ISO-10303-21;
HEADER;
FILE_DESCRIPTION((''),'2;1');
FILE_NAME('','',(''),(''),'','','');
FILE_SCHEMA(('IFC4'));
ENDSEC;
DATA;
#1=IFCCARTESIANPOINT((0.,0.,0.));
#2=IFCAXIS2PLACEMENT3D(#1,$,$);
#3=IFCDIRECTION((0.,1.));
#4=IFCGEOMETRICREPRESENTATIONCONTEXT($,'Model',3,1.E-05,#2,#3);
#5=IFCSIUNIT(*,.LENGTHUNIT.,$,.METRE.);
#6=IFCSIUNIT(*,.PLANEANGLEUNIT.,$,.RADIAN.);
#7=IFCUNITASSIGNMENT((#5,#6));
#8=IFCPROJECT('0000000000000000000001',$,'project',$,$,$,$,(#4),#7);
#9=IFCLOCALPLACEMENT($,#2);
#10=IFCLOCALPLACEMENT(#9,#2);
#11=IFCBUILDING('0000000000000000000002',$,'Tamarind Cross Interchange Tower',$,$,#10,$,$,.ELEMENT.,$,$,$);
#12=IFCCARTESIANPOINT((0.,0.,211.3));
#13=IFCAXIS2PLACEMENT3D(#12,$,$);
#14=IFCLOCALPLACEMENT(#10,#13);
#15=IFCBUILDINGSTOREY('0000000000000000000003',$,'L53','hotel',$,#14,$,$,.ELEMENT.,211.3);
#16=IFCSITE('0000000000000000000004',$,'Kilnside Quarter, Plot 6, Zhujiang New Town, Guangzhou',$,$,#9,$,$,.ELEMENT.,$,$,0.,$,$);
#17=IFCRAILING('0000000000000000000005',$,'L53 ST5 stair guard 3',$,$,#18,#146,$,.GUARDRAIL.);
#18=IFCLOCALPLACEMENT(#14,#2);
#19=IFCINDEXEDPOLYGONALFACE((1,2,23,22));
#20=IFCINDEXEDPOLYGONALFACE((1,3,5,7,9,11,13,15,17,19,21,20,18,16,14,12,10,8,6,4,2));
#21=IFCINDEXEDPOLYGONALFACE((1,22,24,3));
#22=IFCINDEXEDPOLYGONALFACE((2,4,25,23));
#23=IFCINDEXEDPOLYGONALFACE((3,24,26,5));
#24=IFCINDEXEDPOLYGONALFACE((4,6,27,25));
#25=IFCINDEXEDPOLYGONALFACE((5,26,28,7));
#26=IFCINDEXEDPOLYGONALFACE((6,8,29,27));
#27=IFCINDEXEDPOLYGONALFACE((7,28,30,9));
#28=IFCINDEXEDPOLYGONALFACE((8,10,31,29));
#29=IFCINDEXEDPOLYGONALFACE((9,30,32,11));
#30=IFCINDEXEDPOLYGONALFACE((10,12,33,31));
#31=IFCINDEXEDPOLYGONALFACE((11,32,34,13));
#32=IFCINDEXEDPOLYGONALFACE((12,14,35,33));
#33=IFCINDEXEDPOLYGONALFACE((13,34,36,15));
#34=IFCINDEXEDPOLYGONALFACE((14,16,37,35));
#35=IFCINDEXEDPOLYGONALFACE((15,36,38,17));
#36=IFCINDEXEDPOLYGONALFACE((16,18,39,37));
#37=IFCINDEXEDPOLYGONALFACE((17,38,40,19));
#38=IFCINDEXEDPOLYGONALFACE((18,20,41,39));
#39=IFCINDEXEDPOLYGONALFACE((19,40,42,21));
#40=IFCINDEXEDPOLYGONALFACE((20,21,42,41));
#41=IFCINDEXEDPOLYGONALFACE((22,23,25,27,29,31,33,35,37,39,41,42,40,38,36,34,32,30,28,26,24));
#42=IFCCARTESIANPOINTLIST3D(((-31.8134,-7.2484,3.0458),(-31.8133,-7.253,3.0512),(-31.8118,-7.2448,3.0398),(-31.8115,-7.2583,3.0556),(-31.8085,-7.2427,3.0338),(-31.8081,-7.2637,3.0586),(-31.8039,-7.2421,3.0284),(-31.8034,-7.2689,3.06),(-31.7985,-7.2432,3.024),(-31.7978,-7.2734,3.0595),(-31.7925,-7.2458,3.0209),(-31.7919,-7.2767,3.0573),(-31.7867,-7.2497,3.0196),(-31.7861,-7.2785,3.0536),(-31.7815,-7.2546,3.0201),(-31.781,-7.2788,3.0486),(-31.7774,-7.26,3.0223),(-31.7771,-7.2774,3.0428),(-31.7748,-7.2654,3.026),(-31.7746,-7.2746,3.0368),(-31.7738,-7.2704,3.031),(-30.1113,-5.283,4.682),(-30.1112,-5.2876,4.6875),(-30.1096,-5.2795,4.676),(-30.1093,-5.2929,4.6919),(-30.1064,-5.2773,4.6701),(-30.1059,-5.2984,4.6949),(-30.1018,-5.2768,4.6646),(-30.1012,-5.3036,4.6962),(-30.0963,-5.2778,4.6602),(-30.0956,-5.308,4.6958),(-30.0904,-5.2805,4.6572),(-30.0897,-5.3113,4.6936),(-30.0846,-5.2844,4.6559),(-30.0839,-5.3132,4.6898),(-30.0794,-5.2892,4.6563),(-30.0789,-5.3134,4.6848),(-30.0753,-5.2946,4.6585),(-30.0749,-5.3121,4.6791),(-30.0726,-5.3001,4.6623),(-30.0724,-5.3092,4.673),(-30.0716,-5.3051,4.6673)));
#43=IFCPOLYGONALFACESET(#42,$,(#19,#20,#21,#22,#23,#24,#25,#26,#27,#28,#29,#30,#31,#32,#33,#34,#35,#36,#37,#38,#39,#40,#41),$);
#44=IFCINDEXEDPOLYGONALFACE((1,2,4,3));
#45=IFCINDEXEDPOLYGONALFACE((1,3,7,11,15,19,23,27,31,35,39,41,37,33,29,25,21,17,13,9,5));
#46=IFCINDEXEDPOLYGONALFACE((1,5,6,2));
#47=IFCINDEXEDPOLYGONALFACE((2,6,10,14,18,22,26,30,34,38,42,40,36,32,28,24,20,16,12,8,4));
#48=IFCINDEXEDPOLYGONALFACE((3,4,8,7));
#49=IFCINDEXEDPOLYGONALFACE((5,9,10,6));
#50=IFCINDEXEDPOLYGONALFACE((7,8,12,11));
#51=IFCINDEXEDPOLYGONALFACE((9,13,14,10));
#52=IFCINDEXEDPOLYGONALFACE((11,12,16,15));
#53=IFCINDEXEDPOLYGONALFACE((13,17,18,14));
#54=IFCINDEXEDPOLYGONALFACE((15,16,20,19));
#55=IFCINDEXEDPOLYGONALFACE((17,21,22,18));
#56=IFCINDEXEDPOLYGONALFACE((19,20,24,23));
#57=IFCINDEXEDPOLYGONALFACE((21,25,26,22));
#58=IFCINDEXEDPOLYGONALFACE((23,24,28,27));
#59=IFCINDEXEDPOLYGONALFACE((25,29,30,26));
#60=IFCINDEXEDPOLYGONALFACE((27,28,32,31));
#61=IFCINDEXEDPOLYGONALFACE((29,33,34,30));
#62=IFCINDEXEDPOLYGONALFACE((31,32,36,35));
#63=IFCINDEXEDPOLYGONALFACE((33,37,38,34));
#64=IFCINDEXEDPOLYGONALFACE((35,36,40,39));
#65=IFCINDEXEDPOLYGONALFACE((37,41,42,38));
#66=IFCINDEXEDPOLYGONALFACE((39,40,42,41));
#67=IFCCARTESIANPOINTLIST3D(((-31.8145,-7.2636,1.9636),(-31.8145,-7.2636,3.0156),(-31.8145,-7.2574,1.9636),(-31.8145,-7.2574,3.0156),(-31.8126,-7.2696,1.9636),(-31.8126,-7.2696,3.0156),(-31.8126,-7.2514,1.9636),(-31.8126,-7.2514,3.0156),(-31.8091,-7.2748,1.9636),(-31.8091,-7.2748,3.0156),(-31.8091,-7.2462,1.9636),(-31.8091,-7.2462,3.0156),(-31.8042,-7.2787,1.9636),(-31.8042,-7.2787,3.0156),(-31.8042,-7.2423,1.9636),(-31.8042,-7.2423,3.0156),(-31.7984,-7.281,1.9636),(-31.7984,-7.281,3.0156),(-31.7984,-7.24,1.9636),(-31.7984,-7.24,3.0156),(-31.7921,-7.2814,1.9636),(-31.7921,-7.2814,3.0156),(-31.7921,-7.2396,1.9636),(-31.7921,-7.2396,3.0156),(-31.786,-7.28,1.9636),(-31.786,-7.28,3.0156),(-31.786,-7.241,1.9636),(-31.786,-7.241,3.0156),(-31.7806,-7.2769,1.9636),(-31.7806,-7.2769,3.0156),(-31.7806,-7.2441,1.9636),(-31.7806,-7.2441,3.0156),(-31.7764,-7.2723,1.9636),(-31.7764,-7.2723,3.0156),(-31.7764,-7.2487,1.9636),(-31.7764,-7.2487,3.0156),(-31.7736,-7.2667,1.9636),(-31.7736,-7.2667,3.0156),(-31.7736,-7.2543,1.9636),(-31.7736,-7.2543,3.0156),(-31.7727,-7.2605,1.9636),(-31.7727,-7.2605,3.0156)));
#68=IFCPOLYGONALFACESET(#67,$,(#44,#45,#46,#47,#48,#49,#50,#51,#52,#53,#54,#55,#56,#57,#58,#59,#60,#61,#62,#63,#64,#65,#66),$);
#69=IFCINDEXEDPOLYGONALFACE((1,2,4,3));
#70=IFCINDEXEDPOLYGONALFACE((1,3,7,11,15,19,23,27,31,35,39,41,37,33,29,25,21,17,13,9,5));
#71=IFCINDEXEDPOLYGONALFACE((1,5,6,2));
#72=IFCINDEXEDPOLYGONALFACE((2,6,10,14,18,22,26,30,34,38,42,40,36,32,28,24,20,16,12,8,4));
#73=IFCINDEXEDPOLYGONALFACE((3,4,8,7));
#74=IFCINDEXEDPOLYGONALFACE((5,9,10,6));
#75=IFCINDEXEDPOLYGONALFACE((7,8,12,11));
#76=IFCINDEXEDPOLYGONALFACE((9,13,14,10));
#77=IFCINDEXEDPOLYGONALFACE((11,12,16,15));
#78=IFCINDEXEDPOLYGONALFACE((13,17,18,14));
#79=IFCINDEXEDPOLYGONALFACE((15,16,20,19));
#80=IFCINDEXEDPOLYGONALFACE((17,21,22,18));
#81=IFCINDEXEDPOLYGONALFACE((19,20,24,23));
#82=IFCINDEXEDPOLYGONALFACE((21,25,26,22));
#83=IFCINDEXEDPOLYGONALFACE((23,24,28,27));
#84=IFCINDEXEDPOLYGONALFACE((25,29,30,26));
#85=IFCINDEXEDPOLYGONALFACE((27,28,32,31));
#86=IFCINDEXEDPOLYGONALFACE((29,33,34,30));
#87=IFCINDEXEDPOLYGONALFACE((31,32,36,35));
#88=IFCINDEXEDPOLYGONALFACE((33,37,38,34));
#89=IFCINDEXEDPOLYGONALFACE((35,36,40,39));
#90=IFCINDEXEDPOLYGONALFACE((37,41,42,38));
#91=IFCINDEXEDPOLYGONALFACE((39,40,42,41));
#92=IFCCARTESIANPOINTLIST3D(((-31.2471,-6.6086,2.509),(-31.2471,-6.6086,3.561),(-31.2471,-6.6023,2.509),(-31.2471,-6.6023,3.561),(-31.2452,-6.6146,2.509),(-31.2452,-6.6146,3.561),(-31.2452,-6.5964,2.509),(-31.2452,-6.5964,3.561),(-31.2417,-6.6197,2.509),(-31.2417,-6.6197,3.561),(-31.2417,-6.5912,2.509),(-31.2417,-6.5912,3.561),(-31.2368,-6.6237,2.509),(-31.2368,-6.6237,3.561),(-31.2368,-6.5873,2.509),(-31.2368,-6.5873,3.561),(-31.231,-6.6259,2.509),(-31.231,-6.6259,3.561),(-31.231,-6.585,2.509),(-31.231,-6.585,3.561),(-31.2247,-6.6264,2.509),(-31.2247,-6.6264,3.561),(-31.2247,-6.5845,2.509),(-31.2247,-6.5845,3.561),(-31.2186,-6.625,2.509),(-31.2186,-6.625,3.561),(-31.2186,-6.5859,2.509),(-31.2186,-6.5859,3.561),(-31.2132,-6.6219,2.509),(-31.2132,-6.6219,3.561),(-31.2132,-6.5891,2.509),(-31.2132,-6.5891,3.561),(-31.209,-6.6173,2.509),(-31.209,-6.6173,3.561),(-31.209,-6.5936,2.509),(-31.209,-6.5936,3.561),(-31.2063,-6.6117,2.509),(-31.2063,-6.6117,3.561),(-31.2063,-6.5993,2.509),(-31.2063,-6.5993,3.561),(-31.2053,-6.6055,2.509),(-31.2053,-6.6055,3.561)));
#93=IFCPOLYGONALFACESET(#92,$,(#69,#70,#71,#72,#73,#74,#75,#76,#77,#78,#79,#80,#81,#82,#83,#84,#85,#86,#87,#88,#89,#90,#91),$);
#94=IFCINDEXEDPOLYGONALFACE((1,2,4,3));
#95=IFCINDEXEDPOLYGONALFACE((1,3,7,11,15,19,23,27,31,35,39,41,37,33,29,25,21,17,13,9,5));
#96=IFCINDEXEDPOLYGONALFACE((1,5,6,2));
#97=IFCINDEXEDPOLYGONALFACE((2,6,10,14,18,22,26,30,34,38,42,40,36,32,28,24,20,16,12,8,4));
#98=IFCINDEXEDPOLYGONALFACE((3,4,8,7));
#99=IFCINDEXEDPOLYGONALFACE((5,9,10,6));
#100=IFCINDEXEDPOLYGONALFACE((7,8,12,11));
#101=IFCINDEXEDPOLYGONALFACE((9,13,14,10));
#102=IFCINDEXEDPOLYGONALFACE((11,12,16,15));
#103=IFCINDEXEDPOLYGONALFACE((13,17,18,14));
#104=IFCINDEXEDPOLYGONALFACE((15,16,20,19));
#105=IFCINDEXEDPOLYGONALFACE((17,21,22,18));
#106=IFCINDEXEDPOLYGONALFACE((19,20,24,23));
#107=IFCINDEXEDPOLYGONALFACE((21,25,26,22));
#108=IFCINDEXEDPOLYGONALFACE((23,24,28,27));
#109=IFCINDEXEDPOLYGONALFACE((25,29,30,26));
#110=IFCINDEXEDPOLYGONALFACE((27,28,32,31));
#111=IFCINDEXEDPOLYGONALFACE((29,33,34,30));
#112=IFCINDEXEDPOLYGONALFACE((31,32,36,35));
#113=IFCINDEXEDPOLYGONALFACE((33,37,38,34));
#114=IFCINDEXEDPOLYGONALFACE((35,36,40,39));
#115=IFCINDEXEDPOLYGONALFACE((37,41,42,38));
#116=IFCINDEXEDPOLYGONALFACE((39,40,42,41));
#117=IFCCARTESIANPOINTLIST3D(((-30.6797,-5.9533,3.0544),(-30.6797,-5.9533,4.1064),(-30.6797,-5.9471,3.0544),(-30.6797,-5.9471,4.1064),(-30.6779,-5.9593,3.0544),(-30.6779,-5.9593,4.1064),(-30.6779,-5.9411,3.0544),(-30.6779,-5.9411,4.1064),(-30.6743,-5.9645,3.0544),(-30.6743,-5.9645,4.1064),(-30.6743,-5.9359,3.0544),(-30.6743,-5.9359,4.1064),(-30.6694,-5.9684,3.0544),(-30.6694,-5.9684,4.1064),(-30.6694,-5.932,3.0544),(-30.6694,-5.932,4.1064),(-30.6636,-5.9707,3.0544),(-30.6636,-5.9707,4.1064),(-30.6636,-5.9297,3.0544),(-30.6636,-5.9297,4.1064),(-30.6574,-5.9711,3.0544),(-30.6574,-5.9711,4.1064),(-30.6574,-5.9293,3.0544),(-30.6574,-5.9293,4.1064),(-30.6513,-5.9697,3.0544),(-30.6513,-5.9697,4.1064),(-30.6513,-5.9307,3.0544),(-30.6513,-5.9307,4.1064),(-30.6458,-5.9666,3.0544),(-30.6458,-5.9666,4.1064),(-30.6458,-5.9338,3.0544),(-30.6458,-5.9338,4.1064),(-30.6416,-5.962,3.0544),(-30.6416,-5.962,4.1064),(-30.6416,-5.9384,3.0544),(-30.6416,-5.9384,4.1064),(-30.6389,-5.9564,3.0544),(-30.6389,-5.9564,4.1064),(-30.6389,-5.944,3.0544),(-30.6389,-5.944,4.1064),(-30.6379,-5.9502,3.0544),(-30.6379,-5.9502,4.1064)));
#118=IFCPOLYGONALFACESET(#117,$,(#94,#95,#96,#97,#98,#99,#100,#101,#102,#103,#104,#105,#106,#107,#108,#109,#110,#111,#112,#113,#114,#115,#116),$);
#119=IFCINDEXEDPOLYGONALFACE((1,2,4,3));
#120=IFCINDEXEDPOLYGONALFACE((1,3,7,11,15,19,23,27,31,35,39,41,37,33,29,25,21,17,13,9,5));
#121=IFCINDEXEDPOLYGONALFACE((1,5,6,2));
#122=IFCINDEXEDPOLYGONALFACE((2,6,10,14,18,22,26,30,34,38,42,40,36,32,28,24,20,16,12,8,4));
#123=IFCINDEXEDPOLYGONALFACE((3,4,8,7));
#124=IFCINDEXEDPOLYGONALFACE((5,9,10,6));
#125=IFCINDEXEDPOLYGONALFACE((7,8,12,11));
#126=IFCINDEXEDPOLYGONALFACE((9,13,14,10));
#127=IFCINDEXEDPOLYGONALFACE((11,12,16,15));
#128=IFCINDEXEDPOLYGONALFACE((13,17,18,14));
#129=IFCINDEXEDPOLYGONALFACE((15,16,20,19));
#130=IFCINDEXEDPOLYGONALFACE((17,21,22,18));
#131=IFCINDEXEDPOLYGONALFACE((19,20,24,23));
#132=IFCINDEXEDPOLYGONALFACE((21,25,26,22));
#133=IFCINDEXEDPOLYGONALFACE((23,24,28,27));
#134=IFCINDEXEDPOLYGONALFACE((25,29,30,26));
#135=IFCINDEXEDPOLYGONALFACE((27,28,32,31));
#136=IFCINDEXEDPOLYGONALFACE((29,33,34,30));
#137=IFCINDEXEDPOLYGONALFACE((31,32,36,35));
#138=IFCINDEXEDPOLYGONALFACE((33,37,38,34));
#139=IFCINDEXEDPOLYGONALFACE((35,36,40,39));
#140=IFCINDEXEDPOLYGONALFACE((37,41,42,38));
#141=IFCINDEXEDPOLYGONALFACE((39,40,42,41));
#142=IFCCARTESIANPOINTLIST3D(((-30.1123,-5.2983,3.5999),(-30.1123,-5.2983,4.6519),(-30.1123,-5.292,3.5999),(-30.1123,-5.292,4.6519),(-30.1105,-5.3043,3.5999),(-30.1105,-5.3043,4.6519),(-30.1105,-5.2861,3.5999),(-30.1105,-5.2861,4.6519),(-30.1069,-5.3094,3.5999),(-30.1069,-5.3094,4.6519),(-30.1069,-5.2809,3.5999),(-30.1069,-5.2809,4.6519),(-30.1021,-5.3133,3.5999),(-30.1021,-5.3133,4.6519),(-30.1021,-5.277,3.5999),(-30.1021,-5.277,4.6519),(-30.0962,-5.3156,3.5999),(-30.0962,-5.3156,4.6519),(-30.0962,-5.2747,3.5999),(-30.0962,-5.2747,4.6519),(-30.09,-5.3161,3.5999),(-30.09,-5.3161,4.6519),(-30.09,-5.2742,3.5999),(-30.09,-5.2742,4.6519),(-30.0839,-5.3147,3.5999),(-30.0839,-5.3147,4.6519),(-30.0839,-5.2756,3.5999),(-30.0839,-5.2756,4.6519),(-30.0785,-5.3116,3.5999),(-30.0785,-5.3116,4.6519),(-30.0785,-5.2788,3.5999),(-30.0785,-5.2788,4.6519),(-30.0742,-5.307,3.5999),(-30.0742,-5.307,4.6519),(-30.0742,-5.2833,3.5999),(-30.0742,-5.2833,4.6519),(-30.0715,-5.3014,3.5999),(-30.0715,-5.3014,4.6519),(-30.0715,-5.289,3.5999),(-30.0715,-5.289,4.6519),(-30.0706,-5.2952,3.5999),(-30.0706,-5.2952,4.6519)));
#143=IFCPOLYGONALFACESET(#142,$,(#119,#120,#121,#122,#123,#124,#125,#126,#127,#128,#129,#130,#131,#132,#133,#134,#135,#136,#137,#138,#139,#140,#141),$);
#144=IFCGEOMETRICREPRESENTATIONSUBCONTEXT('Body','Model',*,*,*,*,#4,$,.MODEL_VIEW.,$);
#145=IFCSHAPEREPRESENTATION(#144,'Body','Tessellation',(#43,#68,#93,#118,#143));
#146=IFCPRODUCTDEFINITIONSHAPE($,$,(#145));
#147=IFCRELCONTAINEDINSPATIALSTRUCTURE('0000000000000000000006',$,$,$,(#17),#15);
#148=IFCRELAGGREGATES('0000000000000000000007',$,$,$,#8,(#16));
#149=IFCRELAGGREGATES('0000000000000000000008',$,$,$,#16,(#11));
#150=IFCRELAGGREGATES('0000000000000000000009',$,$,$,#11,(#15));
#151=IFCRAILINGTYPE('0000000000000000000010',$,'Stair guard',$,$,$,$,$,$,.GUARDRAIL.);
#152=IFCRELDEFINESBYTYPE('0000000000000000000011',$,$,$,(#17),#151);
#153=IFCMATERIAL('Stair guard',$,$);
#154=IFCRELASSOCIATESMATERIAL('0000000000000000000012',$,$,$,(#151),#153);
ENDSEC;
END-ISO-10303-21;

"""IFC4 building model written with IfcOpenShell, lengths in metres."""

from ifc_helpers import new_model, si_unit, direction, frame, origin, origin_2d, place, context, subcontext, project, spatial, circle, extrude, material, type_object, element, save


model = new_model("IFC4")

# Units and contexts
model_context = context("Model", 3, precision=1e-05, world=origin(), true_north=direction((0.0, 1.0)))
body_context = subcontext(model_context, "Body", "Model", "MODEL_VIEW")
ifc_project = project(units=[si_unit("LENGTHUNIT", "METRE"), si_unit("PLANEANGLEUNIT", "RADIAN")], contexts=[model_context])

# Site, building, storey
site_placement = place(None, origin())
site = spatial("IfcSite", under=ifc_project, at=site_placement, Name="Kilnside Quarter, Plot 6, Zhujiang New Town, Guangzhou", CompositionType="ELEMENT", RefElevation=0.0)
building_placement = place(site_placement, origin())
building = spatial("IfcBuilding", under=site, at=building_placement, Name="Tamarind Cross Interchange Tower", CompositionType="ELEMENT")
storey_placement = place(building_placement, frame((0.0, 0.0, 211.3)))
storey = spatial("IfcBuildingStorey", under=building, at=storey_placement, Name="L53", Description="hotel", CompositionType="ELEMENT", Elevation=211.3)

# Railing
ifc_material_1 = material(Name="Stair guard")
railing_type_1 = type_object("IfcRailingType", Name="Stair guard", PredefinedType="GUARDRAIL", material=ifc_material_1)
railing_1_placement = place(storey_placement, frame((-31.7937, -7.2605, 1.9636)))
element("IfcRailing", 1, at=railing_1_placement, inside=storey, type_object=railing_type_1, Name="L53 ST5 stair guard 3", PredefinedType="GUARDRAIL", context=body_context, shape_type="SweptSolid", body=[
    extrude(circle(Radius=0.0239, at=origin_2d()), frame((0.0, 0.0, 1.0762), z_axis=(0.554088, 0.63976, 0.53263), x_axis=(-0.755906, 0.65468, 0.0)), (0.0, 0.0, 1.0), 3.072),
    extrude(circle(Radius=0.021, at=origin_2d()), origin(), (0.0, 0.0, 1.0), 1.052),
    extrude(circle(Radius=0.021, at=origin_2d()), frame((0.5674, 0.655, 0.5454)), (0.0, 0.0, 1.0), 1.052),
    extrude(circle(Radius=0.021, at=origin_2d()), frame((1.1348, 1.3103, 1.0908)), (0.0, 0.0, 1.0), 1.052),
    extrude(circle(Radius=0.021, at=origin_2d()), frame((1.7021, 1.9653, 1.6362)), (0.0, 0.0, 1.0), 1.052),
])

save(model, "model.ifc")
